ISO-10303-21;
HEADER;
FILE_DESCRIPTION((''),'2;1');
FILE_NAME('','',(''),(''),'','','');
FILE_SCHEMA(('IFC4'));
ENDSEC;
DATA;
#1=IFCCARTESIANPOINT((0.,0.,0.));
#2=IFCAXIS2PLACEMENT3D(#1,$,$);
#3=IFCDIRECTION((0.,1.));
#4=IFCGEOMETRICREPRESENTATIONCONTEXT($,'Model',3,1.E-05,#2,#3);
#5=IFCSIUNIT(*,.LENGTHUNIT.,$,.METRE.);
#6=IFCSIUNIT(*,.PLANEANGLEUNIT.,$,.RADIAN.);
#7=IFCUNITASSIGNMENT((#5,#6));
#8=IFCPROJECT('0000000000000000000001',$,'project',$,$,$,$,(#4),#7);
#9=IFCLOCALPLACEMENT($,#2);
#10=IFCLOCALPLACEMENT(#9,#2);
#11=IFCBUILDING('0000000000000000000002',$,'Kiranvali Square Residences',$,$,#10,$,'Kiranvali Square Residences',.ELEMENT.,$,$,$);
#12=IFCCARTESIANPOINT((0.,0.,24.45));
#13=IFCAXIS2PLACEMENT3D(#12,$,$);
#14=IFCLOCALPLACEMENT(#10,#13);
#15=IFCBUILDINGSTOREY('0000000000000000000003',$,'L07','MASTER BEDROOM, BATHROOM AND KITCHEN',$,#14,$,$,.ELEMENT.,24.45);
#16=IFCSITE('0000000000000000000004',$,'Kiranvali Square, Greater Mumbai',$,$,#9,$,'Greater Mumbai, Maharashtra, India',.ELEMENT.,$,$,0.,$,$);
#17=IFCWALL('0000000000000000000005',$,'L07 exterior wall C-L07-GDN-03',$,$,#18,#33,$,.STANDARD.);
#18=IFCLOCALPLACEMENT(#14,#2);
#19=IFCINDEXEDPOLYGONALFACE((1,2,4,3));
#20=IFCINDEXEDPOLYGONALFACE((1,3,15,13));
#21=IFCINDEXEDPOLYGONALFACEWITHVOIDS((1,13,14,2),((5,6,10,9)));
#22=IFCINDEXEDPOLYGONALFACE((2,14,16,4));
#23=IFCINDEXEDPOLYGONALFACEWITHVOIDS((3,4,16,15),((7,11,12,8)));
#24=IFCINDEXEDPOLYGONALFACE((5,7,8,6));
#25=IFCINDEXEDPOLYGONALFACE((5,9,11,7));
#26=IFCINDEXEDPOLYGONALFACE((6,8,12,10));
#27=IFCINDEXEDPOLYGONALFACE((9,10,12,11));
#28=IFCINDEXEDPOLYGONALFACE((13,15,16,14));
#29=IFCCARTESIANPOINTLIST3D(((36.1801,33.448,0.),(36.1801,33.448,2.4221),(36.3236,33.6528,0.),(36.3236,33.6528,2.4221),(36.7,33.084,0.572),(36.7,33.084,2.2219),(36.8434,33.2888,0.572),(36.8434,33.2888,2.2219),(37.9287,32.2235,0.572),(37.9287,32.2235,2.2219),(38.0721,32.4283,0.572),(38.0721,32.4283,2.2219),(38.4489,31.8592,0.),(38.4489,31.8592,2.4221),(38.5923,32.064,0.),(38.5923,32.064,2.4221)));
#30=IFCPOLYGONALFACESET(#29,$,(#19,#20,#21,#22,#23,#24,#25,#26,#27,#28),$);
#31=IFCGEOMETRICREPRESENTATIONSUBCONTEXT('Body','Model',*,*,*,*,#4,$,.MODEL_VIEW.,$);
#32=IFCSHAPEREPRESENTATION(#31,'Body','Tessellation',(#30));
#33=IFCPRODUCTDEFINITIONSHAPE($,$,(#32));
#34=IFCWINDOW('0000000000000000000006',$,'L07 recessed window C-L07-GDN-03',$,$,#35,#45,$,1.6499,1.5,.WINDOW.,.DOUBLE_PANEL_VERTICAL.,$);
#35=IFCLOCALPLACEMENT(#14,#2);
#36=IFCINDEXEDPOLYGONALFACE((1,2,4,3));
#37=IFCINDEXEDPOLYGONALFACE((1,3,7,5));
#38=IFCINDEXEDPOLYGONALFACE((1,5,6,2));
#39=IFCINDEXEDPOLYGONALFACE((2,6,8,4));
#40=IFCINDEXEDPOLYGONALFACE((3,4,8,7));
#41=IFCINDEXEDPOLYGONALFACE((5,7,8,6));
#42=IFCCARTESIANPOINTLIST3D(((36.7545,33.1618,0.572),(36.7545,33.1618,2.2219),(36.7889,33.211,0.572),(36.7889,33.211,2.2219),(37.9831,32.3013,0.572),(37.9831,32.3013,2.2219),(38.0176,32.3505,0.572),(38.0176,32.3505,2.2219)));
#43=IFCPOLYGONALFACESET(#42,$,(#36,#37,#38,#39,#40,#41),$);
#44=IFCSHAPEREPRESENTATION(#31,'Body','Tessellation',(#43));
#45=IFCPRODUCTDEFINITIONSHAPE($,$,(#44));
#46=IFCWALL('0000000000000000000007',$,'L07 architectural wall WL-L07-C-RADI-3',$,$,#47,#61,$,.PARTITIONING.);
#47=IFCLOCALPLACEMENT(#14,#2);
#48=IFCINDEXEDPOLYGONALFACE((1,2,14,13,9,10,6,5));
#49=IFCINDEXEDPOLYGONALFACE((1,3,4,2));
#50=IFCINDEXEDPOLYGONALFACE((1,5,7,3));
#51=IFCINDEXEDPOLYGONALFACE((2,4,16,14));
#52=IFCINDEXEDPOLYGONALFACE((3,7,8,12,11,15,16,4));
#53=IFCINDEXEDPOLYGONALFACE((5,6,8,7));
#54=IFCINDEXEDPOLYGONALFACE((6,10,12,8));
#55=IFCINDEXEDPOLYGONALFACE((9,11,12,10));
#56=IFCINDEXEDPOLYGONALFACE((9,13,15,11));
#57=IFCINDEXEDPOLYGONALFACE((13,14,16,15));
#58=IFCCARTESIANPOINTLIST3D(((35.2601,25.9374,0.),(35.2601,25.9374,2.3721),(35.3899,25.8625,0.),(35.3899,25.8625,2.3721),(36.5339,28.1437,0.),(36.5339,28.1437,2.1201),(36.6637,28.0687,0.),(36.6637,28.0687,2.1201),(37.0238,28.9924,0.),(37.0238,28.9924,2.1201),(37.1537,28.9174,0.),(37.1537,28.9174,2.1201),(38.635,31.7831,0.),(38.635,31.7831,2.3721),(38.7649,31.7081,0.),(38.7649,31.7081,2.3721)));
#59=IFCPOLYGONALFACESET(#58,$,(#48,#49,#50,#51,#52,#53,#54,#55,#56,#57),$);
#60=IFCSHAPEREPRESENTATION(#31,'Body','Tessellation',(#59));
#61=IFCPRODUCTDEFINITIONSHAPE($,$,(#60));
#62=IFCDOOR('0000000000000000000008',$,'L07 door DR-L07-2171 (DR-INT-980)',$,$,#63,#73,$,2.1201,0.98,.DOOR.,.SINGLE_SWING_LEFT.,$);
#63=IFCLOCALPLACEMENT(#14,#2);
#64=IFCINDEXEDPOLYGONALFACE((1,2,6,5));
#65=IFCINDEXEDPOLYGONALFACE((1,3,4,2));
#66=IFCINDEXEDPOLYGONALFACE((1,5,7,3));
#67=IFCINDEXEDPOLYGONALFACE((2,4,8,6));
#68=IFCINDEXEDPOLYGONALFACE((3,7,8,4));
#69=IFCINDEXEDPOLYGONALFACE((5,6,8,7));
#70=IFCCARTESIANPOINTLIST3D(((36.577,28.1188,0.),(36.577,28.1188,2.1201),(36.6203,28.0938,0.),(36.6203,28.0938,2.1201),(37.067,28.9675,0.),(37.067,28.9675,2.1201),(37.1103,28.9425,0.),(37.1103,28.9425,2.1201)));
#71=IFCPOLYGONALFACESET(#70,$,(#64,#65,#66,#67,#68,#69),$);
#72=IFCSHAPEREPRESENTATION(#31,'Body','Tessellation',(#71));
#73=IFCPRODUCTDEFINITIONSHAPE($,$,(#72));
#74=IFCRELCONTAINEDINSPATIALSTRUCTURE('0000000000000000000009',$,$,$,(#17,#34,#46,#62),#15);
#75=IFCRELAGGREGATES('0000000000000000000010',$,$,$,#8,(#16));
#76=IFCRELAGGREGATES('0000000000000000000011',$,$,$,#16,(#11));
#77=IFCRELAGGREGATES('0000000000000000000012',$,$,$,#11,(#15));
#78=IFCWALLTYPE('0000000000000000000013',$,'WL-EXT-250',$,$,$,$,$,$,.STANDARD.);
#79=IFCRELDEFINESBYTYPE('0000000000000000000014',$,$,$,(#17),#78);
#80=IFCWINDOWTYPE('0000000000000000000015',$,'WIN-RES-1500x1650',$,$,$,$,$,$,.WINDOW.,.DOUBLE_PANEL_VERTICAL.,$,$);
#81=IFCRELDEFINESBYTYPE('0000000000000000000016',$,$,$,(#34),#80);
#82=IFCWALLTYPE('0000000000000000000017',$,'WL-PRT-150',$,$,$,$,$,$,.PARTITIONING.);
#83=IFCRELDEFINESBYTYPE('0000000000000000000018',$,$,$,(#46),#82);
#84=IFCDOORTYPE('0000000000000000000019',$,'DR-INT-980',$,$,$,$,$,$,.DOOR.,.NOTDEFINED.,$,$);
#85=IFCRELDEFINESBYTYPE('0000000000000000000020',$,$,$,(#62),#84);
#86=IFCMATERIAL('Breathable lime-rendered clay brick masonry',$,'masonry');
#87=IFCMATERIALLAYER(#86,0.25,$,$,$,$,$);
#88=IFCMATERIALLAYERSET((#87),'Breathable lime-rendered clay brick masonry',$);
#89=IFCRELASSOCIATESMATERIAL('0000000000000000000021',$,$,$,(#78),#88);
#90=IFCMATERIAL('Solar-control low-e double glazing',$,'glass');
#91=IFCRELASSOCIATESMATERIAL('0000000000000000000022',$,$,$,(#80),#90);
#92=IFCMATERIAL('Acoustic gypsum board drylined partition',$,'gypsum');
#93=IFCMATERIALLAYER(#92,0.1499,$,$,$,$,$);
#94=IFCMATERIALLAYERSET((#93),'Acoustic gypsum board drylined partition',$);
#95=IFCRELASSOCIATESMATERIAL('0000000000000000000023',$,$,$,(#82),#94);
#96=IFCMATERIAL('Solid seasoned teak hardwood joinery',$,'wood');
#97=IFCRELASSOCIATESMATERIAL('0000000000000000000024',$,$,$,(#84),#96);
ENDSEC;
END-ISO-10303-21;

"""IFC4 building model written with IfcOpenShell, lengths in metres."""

from ifc_helpers import new_model, si_unit, direction, frame, frame_2d, origin, place, context, subcontext, project, spatial, rectangle, extrude, material, layer, layer_set, type_object, element, fill, save


model = new_model("IFC4")

# Units and contexts
model_context = context("Model", 3, precision=1e-05, world=origin(), true_north=direction((0.0, 1.0)))
body_context = subcontext(model_context, "Body", "Model", "MODEL_VIEW")
ifc_project = project(units=[si_unit("LENGTHUNIT", "METRE"), si_unit("PLANEANGLEUNIT", "RADIAN")], contexts=[model_context])

# Site, building, storey
site_placement = place(None, origin())
site = spatial("IfcSite", under=ifc_project, at=site_placement, Name="Kiranvali Square, Greater Mumbai", LongName="Greater Mumbai, Maharashtra, India", CompositionType="ELEMENT", RefElevation=0.0)
building_placement = place(site_placement, origin())
building = spatial("IfcBuilding", under=site, at=building_placement, Name="Kiranvali Square Residences", LongName="Kiranvali Square Residences", CompositionType="ELEMENT")
storey_placement = place(building_placement, frame((0.0, 0.0, 24.45)))
storey = spatial("IfcBuildingStorey", under=building, at=storey_placement, Name="L07", Description="MASTER BEDROOM, BATHROOM AND KITCHEN", CompositionType="ELEMENT", Elevation=24.45)

# Shared definitions
ifc_material_1 = material(Name="Breathable lime-rendered clay brick masonry", Category="masonry")
ifc_layer_1 = layer(ifc_material_1, 0.25)
ifc_layer_set_1 = layer_set([ifc_layer_1], Name="Breathable lime-rendered clay brick masonry")
wall_type_1 = type_object("IfcWallType", Name="WL-EXT-250", PredefinedType="STANDARD", material=ifc_layer_set_1)
ifc_material_2 = material(Name="Solar-control low-e double glazing", Category="glass")
window_type = type_object("IfcWindowType", Name="WIN-RES-1500x1650", PartitioningType="DOUBLE_PANEL_VERTICAL", PredefinedType="WINDOW", material=ifc_material_2)

# Wall, opening, window
wall_1_placement = place(storey_placement, frame((38.5205, 31.9617, 0.0), z_axis=(0.0, 0.0, 1.0), x_axis=(-0.819112, 0.573634, 0.0)))
wall_1 = element("IfcWall", 1, at=wall_1_placement, inside=storey, type_object=wall_type_1, Name="L07 exterior wall C-L07-GDN-03", PredefinedType="STANDARD", context=body_context, shape_type="SweptSolid", body=[
    extrude(rectangle(XDim=2.7698, YDim=0.25, at=frame_2d((1.3848, 0.0))), origin(), (0.0, 0.0, 1.0), 2.4221),
])
opening_1_placement = place(wall_1_placement, frame((0.635, 0.0, 0.572)))
opening_1 = element("IfcOpeningElement", 2, at=opening_1_placement, cuts=wall_1, PredefinedType="OPENING", context=body_context, shape_type="SweptSolid", body=[
    extrude(rectangle(XDim=1.5, YDim=1.6499, at=frame_2d((0.75, 0.825))), frame((0.0, 0.135, 0.0), z_axis=(0.0, -1.0, 0.0), x_axis=(1.0, 0.0, 0.0)), (0.0, 0.0, 1.0), 0.27),
])
window_1_placement = place(opening_1_placement, origin())
window_1 = element("IfcWindow", 3, at=window_1_placement, inside=storey, type_object=window_type, Name="L07 recessed window C-L07-GDN-03", OverallHeight=1.6499, OverallWidth=1.5, PartitioningType="DOUBLE_PANEL_VERTICAL", PredefinedType="WINDOW", context=body_context, shape_type="SweptSolid", body=[
    extrude(rectangle(XDim=1.5, YDim=1.6499, at=frame_2d((0.75, 0.825))), frame((0.0, 0.03, 0.0), z_axis=(0.0, -1.0, 0.0), x_axis=(1.0, 0.0, 0.0)), (0.0, 0.0, 1.0), 0.0601),
])
fill(opening_1, window_1)

# Wall, opening, door
ifc_material_3 = material(Name="Acoustic gypsum board drylined partition", Category="gypsum")
ifc_layer_2 = layer(ifc_material_3, 0.1499)
ifc_layer_set_2 = layer_set([ifc_layer_2], Name="Acoustic gypsum board drylined partition")
wall_type_2 = type_object("IfcWallType", Name="WL-PRT-150", PredefinedType="PARTITIONING", material=ifc_layer_set_2)
wall_2_placement = place(storey_placement, frame((38.7, 31.7456, 0.0), z_axis=(0.0, 0.0, 1.0), x_axis=(-0.499998, -0.866027, 0.0)))
wall_2 = element("IfcWall", 4, at=wall_2_placement, inside=storey, type_object=wall_type_2, Name="L07 architectural wall WL-L07-C-RADI-3", PredefinedType="PARTITIONING", context=body_context, shape_type="SweptSolid", body=[
    extrude(rectangle(XDim=6.75, YDim=0.1499, at=frame_2d((3.375, 0.0))), origin(), (0.0, 0.0, 1.0), 2.3721),
])
opening_2_placement = place(wall_2_placement, frame((3.2224, 0.0, 0.0)))
opening_2 = element("IfcOpeningElement", 5, at=opening_2_placement, cuts=wall_2, PredefinedType="OPENING", context=body_context, shape_type="SweptSolid", body=[
    extrude(rectangle(XDim=0.98, YDim=2.1201, at=frame_2d((0.49, 1.0601))), frame((0.0, 0.085, 0.0), z_axis=(0.0, -1.0, 0.0), x_axis=(1.0, 0.0, 0.0)), (0.0, 0.0, 1.0), 0.1699),
])
ifc_material_4 = material(Name="Solid seasoned teak hardwood joinery", Category="wood")
door_type_1 = type_object("IfcDoorType", Name="DR-INT-980", OperationType="NOTDEFINED", PredefinedType="DOOR", material=ifc_material_4)
door_1_placement = place(opening_2_placement, origin())
door_1 = element("IfcDoor", 6, at=door_1_placement, inside=storey, type_object=door_type_1, Name="L07 door DR-L07-2171 (DR-INT-980)", OperationType="SINGLE_SWING_LEFT", OverallHeight=2.1201, OverallWidth=0.98, PredefinedType="DOOR", context=body_context, shape_type="SweptSolid", body=[
    extrude(rectangle(XDim=0.98, YDim=2.1201, at=frame_2d((0.49, 1.0601))), frame((0.0, 0.0249, 0.0), z_axis=(0.0, -1.0, 0.0), x_axis=(1.0, 0.0, 0.0)), (0.0, 0.0, 1.0), 0.05),
])
fill(opening_2, door_1)

save(model, "model.ifc")
